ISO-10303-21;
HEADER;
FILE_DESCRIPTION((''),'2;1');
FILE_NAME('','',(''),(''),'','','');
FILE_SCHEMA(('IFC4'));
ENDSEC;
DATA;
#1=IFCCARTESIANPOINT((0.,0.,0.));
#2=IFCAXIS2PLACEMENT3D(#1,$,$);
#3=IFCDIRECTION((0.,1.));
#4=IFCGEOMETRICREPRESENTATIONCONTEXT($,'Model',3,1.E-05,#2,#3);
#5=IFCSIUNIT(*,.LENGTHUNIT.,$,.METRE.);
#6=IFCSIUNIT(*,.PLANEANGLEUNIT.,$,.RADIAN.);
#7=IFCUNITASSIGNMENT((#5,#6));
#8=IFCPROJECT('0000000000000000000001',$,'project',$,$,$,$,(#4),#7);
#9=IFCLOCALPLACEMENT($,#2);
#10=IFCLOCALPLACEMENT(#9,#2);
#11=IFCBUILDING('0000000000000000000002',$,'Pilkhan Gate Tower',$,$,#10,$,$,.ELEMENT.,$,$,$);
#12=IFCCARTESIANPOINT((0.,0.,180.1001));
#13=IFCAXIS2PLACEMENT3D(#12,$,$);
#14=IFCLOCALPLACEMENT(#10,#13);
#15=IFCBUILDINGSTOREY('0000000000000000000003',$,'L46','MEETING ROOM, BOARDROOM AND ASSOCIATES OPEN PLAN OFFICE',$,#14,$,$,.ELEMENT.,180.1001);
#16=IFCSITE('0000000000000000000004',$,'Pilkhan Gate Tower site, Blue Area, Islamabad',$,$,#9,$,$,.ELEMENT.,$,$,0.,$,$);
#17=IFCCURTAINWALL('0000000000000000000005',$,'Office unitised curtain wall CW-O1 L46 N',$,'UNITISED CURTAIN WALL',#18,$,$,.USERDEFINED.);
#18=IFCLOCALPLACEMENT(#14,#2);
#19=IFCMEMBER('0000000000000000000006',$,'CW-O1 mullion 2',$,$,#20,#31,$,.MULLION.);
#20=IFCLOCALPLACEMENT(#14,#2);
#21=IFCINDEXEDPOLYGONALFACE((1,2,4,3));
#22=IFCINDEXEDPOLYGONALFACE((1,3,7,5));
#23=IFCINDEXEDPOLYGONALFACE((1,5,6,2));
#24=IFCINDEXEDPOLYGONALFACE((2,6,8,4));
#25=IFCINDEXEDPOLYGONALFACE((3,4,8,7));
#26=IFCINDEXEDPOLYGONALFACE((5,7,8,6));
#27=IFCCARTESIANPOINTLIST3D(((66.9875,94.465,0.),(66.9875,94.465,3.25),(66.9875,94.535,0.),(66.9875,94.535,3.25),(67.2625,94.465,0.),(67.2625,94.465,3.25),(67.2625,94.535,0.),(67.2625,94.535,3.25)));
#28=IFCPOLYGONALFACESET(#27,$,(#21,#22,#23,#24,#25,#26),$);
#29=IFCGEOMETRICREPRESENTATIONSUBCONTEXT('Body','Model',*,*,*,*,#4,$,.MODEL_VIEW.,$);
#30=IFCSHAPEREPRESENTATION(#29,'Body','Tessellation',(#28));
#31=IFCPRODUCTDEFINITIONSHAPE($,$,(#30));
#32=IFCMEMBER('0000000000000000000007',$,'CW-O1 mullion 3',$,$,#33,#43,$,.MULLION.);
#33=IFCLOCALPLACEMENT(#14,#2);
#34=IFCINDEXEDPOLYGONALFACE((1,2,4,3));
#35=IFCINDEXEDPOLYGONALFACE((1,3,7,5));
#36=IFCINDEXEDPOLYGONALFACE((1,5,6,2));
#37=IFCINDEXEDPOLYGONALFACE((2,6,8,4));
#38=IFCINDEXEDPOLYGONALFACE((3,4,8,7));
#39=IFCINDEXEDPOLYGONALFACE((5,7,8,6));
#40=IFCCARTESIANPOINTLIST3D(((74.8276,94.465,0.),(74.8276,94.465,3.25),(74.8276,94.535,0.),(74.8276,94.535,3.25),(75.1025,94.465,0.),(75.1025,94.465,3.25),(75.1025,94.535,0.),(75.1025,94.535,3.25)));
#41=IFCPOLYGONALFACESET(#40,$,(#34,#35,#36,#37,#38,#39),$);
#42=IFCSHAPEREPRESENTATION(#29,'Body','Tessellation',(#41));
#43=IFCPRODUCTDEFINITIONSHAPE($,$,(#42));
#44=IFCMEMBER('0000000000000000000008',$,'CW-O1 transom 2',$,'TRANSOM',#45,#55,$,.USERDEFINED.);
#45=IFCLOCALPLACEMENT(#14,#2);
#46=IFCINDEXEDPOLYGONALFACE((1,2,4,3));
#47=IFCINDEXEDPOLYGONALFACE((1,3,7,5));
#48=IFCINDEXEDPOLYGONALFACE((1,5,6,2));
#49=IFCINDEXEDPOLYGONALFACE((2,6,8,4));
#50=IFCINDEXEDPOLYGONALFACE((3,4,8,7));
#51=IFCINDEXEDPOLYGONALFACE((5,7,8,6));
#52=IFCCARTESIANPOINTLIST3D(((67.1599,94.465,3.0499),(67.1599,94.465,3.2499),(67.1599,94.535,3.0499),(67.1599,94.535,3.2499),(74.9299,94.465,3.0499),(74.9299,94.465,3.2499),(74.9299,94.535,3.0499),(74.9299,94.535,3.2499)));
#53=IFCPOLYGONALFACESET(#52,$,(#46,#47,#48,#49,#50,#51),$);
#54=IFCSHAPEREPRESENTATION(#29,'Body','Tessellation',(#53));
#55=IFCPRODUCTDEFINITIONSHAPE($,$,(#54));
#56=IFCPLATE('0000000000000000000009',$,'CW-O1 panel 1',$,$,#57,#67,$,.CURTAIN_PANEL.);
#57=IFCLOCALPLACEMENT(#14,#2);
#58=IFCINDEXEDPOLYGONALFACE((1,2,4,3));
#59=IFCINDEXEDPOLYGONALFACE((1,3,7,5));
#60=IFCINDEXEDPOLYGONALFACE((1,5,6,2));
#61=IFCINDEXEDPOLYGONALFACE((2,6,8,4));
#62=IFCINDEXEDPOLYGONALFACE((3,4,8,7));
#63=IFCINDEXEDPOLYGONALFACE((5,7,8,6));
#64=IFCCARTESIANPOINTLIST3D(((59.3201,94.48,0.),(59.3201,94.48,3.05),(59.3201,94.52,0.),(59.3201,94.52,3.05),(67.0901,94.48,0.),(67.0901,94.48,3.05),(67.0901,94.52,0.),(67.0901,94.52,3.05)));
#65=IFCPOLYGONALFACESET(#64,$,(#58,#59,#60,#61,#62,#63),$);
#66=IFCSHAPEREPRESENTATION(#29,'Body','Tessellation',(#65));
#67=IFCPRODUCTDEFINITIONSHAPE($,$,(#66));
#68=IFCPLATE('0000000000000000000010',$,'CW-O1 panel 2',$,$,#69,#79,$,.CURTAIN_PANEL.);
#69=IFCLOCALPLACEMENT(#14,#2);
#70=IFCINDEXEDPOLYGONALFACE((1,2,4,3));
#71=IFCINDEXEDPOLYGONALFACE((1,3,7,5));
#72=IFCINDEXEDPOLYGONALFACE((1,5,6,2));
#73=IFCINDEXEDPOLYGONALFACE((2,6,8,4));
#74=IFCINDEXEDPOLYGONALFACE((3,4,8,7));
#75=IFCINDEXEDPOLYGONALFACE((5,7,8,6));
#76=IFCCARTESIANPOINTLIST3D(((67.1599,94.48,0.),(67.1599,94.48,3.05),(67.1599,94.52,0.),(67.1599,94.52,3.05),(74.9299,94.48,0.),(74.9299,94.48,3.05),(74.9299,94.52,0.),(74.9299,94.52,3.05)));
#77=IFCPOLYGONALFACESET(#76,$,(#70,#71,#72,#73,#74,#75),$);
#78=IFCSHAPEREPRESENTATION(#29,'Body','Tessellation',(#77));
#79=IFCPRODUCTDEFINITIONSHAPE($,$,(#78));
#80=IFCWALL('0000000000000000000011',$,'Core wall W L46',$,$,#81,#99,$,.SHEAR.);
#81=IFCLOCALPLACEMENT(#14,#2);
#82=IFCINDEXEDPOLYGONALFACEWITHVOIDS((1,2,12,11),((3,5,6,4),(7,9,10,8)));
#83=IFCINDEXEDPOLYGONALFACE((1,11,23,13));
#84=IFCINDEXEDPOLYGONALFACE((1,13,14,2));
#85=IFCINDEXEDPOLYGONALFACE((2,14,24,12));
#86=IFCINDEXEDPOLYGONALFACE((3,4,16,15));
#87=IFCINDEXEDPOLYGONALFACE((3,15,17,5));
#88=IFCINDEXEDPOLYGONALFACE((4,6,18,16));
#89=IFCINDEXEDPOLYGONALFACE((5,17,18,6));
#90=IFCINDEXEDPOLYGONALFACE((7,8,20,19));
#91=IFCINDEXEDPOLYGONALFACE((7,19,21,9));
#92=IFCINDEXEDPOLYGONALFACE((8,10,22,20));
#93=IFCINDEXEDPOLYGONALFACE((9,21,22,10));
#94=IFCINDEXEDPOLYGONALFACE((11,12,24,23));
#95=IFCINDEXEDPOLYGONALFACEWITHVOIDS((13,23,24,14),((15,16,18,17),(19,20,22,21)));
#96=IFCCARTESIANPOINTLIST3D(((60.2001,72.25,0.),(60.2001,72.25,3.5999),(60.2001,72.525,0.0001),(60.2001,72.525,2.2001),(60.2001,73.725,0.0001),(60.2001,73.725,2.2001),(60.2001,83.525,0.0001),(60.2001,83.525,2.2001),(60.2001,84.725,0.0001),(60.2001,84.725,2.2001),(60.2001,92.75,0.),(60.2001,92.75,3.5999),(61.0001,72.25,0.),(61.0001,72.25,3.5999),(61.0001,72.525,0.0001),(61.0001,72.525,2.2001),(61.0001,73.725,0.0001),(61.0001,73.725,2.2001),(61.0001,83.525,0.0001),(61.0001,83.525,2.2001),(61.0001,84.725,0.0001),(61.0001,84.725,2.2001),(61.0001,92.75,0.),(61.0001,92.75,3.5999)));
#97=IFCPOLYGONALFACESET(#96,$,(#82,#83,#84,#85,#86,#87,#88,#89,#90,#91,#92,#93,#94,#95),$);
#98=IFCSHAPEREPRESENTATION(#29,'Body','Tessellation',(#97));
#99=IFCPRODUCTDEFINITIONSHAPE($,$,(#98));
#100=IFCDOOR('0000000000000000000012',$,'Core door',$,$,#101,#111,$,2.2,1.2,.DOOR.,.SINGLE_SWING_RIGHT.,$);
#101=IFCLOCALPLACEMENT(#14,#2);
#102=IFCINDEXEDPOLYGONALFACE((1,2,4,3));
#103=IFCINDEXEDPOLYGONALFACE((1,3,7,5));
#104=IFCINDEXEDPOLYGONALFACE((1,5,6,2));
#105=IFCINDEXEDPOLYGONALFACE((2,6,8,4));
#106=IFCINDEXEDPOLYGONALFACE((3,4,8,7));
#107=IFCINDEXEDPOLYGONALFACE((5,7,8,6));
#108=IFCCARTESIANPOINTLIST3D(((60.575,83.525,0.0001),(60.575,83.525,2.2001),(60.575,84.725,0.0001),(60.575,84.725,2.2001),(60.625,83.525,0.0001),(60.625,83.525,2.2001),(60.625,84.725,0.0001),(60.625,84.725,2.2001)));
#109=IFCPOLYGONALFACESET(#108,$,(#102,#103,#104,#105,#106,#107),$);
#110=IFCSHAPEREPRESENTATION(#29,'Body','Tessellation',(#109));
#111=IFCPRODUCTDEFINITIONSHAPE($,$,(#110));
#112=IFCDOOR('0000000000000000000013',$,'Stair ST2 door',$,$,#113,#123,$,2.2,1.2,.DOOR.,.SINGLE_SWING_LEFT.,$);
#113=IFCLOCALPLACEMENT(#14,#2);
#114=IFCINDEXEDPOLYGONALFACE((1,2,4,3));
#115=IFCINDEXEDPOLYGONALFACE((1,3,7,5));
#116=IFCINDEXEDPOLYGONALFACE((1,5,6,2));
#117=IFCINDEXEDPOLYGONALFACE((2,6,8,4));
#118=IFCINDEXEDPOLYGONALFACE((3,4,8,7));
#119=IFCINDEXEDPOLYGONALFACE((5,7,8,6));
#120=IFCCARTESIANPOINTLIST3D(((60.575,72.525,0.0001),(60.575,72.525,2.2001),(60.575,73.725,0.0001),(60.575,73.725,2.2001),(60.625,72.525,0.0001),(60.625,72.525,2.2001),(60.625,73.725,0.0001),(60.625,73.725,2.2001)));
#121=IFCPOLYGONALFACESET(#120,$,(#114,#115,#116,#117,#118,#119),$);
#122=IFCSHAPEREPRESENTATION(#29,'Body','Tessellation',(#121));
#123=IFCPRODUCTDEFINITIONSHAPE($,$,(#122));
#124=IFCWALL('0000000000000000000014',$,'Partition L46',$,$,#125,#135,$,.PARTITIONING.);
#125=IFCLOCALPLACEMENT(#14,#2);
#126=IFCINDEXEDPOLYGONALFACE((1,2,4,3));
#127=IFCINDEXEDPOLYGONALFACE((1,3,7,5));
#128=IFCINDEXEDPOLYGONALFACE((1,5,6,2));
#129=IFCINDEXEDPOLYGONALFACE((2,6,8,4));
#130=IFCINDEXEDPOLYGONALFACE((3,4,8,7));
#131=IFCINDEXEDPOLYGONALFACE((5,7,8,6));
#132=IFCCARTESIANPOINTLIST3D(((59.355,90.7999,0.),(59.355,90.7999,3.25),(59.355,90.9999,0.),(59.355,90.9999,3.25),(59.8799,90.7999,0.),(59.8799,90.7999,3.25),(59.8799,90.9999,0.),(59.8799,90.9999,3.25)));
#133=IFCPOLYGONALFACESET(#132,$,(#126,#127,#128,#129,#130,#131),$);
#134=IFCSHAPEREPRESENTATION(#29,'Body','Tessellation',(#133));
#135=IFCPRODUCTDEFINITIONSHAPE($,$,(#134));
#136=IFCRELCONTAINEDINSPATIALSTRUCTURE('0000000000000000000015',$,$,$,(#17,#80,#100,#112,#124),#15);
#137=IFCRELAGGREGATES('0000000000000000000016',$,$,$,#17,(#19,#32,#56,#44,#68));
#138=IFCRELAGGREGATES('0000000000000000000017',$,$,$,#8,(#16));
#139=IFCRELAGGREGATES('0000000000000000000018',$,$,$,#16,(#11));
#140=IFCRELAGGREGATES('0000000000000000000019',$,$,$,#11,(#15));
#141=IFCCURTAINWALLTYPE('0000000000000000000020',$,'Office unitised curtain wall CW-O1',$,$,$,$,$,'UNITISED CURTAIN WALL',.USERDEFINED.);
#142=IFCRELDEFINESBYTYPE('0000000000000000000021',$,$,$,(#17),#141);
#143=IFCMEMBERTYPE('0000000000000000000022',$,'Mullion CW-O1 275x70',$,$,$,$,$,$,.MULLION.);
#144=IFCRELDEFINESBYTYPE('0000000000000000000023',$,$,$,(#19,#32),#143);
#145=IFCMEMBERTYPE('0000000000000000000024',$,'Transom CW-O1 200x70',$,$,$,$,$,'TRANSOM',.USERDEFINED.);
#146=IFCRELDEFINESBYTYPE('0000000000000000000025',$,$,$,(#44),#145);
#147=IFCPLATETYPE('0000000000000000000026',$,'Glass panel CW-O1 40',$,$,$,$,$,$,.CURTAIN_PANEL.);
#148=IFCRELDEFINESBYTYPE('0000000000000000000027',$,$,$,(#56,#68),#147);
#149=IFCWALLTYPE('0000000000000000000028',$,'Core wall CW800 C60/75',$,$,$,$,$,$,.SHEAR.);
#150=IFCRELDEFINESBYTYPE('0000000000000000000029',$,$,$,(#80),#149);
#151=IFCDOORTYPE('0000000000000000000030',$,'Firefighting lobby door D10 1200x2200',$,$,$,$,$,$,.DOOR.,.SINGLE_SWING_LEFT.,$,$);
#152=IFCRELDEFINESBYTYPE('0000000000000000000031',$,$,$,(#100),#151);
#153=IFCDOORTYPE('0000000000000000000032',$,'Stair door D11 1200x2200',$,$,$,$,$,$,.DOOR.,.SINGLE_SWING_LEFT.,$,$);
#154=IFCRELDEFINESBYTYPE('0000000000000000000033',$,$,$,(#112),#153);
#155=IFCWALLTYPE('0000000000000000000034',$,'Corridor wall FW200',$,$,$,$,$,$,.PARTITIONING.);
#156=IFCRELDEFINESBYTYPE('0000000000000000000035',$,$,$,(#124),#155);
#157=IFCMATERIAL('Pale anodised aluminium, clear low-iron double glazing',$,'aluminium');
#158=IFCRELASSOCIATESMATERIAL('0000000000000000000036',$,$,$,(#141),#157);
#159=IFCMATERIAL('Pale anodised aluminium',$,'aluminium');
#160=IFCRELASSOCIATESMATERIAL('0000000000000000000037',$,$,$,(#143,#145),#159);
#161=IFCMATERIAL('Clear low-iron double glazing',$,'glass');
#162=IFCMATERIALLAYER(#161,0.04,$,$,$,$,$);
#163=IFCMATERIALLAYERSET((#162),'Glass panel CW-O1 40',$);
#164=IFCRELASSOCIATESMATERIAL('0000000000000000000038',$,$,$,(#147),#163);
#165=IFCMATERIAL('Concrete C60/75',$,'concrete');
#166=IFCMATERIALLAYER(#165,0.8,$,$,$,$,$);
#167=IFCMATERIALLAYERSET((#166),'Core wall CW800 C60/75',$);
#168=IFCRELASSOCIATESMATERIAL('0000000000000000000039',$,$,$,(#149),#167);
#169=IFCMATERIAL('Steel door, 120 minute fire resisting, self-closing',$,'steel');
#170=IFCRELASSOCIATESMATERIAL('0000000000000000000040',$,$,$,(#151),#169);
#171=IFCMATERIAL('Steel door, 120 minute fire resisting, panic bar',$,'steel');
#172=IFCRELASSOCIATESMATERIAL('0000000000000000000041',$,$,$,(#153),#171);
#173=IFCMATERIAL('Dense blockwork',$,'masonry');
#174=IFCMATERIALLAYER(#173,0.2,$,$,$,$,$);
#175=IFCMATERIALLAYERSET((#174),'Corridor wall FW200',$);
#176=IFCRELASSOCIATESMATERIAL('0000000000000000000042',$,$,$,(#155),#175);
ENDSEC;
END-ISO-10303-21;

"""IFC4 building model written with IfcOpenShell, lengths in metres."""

from ifc_helpers import new_model, si_unit, direction, frame, frame_2d, origin, origin_2d, place, context, subcontext, project, spatial, rectangle, extrude, material, layer, layer_set, material_profile, profile_set, type_object, element, fill, aggregate, save


model = new_model("IFC4")

# Units and contexts
model_context = context("Model", 3, precision=1e-05, world=origin(), true_north=direction((0.0, 1.0)))
body_context = subcontext(model_context, "Body", "Model", "MODEL_VIEW")
ifc_project = project(units=[si_unit("LENGTHUNIT", "METRE"), si_unit("PLANEANGLEUNIT", "RADIAN")], contexts=[model_context])

# Site, building, storey
site_placement = place(None, origin())
site = spatial("IfcSite", under=ifc_project, at=site_placement, Name="Pilkhan Gate Tower site, Blue Area, Islamabad", CompositionType="ELEMENT", RefElevation=0.0)
building_placement = place(site_placement, origin())
building = spatial("IfcBuilding", under=site, at=building_placement, Name="Pilkhan Gate Tower", CompositionType="ELEMENT")
storey_placement = place(building_placement, frame((0.0, 0.0, 180.1001)))
storey = spatial("IfcBuildingStorey", under=building, at=storey_placement, Name="L46", Description="MEETING ROOM, BOARDROOM AND ASSOCIATES OPEN PLAN OFFICE", CompositionType="ELEMENT", Elevation=180.1001)

# Curtain wall, members, plates
ifc_material_1 = material(Name="Pale anodised aluminium, clear low-iron double glazing", Category="aluminium")
curtain_wall_type = type_object("IfcCurtainWallType", Name="Office unitised curtain wall CW-O1", ElementType="UNITISED CURTAIN WALL", PredefinedType="USERDEFINED", material=ifc_material_1)
curtain_wall_placement = place(storey_placement, origin())
curtain_wall = element("IfcCurtainWall", 1, at=curtain_wall_placement, inside=storey, type_object=curtain_wall_type, Name="Office unitised curtain wall CW-O1 L46 N", ObjectType="UNITISED CURTAIN WALL", PredefinedType="USERDEFINED")
ifc_material_2 = material(Name="Pale anodised aluminium", Category="aluminium")
ifc_material_profile_1 = material_profile(ifc_material_2, rectangle(XDim=0.0701, YDim=0.2749, at=origin_2d()), Name="Mullion 275x70")
ifc_profile_set_1 = profile_set([ifc_material_profile_1], Name="Pale anodised aluminium")
member_type_1 = type_object("IfcMemberType", Name="Mullion CW-O1 275x70", PredefinedType="MULLION", material=ifc_profile_set_1)
member_1_placement = place(storey_placement, frame((67.125, 94.5, 0.0), z_axis=(0.0, 0.0, 1.0), x_axis=(0.0, 1.0, 0.0)))
member_1 = element("IfcMember", 2, at=member_1_placement, type_object=member_type_1, Name="CW-O1 mullion 2", PredefinedType="MULLION", context=body_context, shape_type="SweptSolid", body=[
    extrude(rectangle(XDim=0.0701, YDim=0.2749, at=origin_2d()), origin(), (0.0, 0.0, 1.0), 3.25),
])
member_2_placement = place(storey_placement, frame((74.9651, 94.5, 0.0), z_axis=(0.0, 0.0, 1.0), x_axis=(0.0, 1.0, 0.0)))
member_2 = element("IfcMember", 3, at=member_2_placement, type_object=member_type_1, Name="CW-O1 mullion 3", PredefinedType="MULLION", context=body_context, shape_type="SweptSolid", body=[
    extrude(rectangle(XDim=0.0701, YDim=0.2749, at=origin_2d()), origin(), (0.0, 0.0, 1.0), 3.25),
])
ifc_material_profile_2 = material_profile(ifc_material_2, rectangle(XDim=0.0701, YDim=0.2, at=origin_2d()), Name="Transom 200x70")
ifc_profile_set_2 = profile_set([ifc_material_profile_2], Name="Pale anodised aluminium")
member_type_2 = type_object("IfcMemberType", Name="Transom CW-O1 200x70", ElementType="TRANSOM", PredefinedType="USERDEFINED", material=ifc_profile_set_2)
member_3_placement = place(storey_placement, frame((67.1599, 94.5, 3.1499), z_axis=(1.0, 0.0, 0.0), x_axis=(0.0, 1.0, 0.0)))
member_3 = element("IfcMember", 4, at=member_3_placement, type_object=member_type_2, Name="CW-O1 transom 2", ObjectType="TRANSOM", PredefinedType="USERDEFINED", context=body_context, shape_type="SweptSolid", body=[
    extrude(rectangle(XDim=0.0701, YDim=0.2, at=origin_2d()), origin(), (0.0, 0.0, 1.0), 7.77),
])
ifc_material_3 = material(Name="Clear low-iron double glazing", Category="glass")
ifc_layer_1 = layer(ifc_material_3, 0.04)
ifc_layer_set_1 = layer_set([ifc_layer_1], Name="Glass panel CW-O1 40")
plate_type = type_object("IfcPlateType", Name="Glass panel CW-O1 40", PredefinedType="CURTAIN_PANEL", material=ifc_layer_set_1)
plate_1_placement = place(storey_placement, frame((63.2051, 94.5, 0.0), z_axis=(0.0, 0.0, 1.0), x_axis=(1.0, 0.0, 0.0)))
plate_1 = element("IfcPlate", 5, at=plate_1_placement, type_object=plate_type, Name="CW-O1 panel 1", PredefinedType="CURTAIN_PANEL", context=body_context, shape_type="SweptSolid", body=[
    extrude(rectangle(XDim=7.77, YDim=0.04, at=origin_2d()), origin(), (0.0, 0.0, 1.0), 3.05),
])
plate_2_placement = place(storey_placement, frame((71.0449, 94.5, 0.0), z_axis=(0.0, 0.0, 1.0), x_axis=(1.0, 0.0, 0.0)))
plate_2 = element("IfcPlate", 6, at=plate_2_placement, type_object=plate_type, Name="CW-O1 panel 2", PredefinedType="CURTAIN_PANEL", context=body_context, shape_type="SweptSolid", body=[
    extrude(rectangle(XDim=7.77, YDim=0.04, at=origin_2d()), origin(), (0.0, 0.0, 1.0), 3.05),
])
aggregate(curtain_wall, [member_1, member_2, plate_1, member_3, plate_2])

# Wall, openings, doors
ifc_material_4 = material(Name="Concrete C60/75", Category="concrete")
ifc_layer_2 = layer(ifc_material_4, 0.8)
ifc_layer_set_2 = layer_set([ifc_layer_2], Name="Core wall CW800 C60/75")
wall_type_1 = type_object("IfcWallType", Name="Core wall CW800 C60/75", PredefinedType="SHEAR", material=ifc_layer_set_2)
wall_1_placement = place(storey_placement, frame((60.6001, 92.75, 0.0), z_axis=(0.0, 0.0, 1.0), x_axis=(0.0, -1.0, 0.0)))
wall_1 = element("IfcWall", 7, at=wall_1_placement, inside=storey, type_object=wall_type_1, Name="Core wall W L46", PredefinedType="SHEAR", context=body_context, shape_type="SweptSolid", body=[
    extrude(rectangle(XDim=20.5, YDim=0.8, at=frame_2d((10.25, 0.0))), origin(), (0.0, 0.0, 1.0), 3.5999),
])
opening_1_placement = place(wall_1_placement, frame((19.0249, 0.0, 0.0)))
opening_1 = element("IfcOpeningElement", 8, at=opening_1_placement, cuts=wall_1, PredefinedType="OPENING", context=body_context, shape_type="SweptSolid", body=[
    extrude(rectangle(XDim=1.2, YDim=2.2, at=frame_2d((0.6001, 1.1001))), frame((0.0, 0.4099, 0.0), z_axis=(0.0, -1.0, 0.0), x_axis=(1.0, 0.0, 0.0)), (0.0, 0.0, 1.0), 0.8201),
])
opening_2_placement = place(wall_1_placement, frame((8.0249, 0.0, 0.0)))
opening_2 = element("IfcOpeningElement", 9, at=opening_2_placement, cuts=wall_1, PredefinedType="OPENING", context=body_context, shape_type="SweptSolid", body=[
    extrude(rectangle(XDim=1.2, YDim=2.2, at=frame_2d((0.6001, 1.1001))), frame((0.0, 0.4099, 0.0), z_axis=(0.0, -1.0, 0.0), x_axis=(1.0, 0.0, 0.0)), (0.0, 0.0, 1.0), 0.8201),
])
ifc_material_5 = material(Name="Steel door, 120 minute fire resisting, self-closing", Category="steel")
door_type_1 = type_object("IfcDoorType", Name="Firefighting lobby door D10 1200x2200", OperationType="SINGLE_SWING_LEFT", PredefinedType="DOOR", material=ifc_material_5)
door_1_placement = place(opening_2_placement, origin())
door_1 = element("IfcDoor", 10, at=door_1_placement, inside=storey, type_object=door_type_1, Name="Core door", OperationType="SINGLE_SWING_RIGHT", OverallHeight=2.2, OverallWidth=1.2, PredefinedType="DOOR", context=body_context, shape_type="SweptSolid", body=[
    extrude(rectangle(XDim=1.2, YDim=2.2, at=frame_2d((0.6001, 1.1001))), frame((0.0, 0.0249, 0.0), z_axis=(0.0, -1.0, 0.0), x_axis=(1.0, 0.0, 0.0)), (0.0, 0.0, 1.0), 0.05),
])
fill(opening_2, door_1)
ifc_material_6 = material(Name="Steel door, 120 minute fire resisting, panic bar", Category="steel")
door_type_2 = type_object("IfcDoorType", Name="Stair door D11 1200x2200", OperationType="SINGLE_SWING_LEFT", PredefinedType="DOOR", material=ifc_material_6)
door_2_placement = place(opening_1_placement, origin())
door_2 = element("IfcDoor", 11, at=door_2_placement, inside=storey, type_object=door_type_2, Name="Stair ST2 door", OperationType="SINGLE_SWING_LEFT", OverallHeight=2.2, OverallWidth=1.2, PredefinedType="DOOR", context=body_context, shape_type="SweptSolid", body=[
    extrude(rectangle(XDim=1.2, YDim=2.2, at=frame_2d((0.6001, 1.1001))), frame((0.0, 0.0249, 0.0), z_axis=(0.0, -1.0, 0.0), x_axis=(1.0, 0.0, 0.0)), (0.0, 0.0, 1.0), 0.05),
])
fill(opening_1, door_2)

# Wall
ifc_material_7 = material(Name="Dense blockwork", Category="masonry")
ifc_layer_3 = layer(ifc_material_7, 0.2)
ifc_layer_set_3 = layer_set([ifc_layer_3], Name="Corridor wall FW200")
wall_type_2 = type_object("IfcWallType", Name="Corridor wall FW200", PredefinedType="PARTITIONING", material=ifc_layer_set_3)
wall_2_placement = place(storey_placement, frame((59.355, 90.8999, 0.0), z_axis=(0.0, 0.0, 1.0), x_axis=(1.0, 0.0, 0.0)))
element("IfcWall", 12, at=wall_2_placement, inside=storey, type_object=wall_type_2, Name="Partition L46", PredefinedType="PARTITIONING", context=body_context, shape_type="SweptSolid", body=[
    extrude(rectangle(XDim=0.5249, YDim=0.2, at=frame_2d((0.2625, 0.0))), origin(), (0.0, 0.0, 1.0), 3.25),
])

save(model, "model.ifc")
